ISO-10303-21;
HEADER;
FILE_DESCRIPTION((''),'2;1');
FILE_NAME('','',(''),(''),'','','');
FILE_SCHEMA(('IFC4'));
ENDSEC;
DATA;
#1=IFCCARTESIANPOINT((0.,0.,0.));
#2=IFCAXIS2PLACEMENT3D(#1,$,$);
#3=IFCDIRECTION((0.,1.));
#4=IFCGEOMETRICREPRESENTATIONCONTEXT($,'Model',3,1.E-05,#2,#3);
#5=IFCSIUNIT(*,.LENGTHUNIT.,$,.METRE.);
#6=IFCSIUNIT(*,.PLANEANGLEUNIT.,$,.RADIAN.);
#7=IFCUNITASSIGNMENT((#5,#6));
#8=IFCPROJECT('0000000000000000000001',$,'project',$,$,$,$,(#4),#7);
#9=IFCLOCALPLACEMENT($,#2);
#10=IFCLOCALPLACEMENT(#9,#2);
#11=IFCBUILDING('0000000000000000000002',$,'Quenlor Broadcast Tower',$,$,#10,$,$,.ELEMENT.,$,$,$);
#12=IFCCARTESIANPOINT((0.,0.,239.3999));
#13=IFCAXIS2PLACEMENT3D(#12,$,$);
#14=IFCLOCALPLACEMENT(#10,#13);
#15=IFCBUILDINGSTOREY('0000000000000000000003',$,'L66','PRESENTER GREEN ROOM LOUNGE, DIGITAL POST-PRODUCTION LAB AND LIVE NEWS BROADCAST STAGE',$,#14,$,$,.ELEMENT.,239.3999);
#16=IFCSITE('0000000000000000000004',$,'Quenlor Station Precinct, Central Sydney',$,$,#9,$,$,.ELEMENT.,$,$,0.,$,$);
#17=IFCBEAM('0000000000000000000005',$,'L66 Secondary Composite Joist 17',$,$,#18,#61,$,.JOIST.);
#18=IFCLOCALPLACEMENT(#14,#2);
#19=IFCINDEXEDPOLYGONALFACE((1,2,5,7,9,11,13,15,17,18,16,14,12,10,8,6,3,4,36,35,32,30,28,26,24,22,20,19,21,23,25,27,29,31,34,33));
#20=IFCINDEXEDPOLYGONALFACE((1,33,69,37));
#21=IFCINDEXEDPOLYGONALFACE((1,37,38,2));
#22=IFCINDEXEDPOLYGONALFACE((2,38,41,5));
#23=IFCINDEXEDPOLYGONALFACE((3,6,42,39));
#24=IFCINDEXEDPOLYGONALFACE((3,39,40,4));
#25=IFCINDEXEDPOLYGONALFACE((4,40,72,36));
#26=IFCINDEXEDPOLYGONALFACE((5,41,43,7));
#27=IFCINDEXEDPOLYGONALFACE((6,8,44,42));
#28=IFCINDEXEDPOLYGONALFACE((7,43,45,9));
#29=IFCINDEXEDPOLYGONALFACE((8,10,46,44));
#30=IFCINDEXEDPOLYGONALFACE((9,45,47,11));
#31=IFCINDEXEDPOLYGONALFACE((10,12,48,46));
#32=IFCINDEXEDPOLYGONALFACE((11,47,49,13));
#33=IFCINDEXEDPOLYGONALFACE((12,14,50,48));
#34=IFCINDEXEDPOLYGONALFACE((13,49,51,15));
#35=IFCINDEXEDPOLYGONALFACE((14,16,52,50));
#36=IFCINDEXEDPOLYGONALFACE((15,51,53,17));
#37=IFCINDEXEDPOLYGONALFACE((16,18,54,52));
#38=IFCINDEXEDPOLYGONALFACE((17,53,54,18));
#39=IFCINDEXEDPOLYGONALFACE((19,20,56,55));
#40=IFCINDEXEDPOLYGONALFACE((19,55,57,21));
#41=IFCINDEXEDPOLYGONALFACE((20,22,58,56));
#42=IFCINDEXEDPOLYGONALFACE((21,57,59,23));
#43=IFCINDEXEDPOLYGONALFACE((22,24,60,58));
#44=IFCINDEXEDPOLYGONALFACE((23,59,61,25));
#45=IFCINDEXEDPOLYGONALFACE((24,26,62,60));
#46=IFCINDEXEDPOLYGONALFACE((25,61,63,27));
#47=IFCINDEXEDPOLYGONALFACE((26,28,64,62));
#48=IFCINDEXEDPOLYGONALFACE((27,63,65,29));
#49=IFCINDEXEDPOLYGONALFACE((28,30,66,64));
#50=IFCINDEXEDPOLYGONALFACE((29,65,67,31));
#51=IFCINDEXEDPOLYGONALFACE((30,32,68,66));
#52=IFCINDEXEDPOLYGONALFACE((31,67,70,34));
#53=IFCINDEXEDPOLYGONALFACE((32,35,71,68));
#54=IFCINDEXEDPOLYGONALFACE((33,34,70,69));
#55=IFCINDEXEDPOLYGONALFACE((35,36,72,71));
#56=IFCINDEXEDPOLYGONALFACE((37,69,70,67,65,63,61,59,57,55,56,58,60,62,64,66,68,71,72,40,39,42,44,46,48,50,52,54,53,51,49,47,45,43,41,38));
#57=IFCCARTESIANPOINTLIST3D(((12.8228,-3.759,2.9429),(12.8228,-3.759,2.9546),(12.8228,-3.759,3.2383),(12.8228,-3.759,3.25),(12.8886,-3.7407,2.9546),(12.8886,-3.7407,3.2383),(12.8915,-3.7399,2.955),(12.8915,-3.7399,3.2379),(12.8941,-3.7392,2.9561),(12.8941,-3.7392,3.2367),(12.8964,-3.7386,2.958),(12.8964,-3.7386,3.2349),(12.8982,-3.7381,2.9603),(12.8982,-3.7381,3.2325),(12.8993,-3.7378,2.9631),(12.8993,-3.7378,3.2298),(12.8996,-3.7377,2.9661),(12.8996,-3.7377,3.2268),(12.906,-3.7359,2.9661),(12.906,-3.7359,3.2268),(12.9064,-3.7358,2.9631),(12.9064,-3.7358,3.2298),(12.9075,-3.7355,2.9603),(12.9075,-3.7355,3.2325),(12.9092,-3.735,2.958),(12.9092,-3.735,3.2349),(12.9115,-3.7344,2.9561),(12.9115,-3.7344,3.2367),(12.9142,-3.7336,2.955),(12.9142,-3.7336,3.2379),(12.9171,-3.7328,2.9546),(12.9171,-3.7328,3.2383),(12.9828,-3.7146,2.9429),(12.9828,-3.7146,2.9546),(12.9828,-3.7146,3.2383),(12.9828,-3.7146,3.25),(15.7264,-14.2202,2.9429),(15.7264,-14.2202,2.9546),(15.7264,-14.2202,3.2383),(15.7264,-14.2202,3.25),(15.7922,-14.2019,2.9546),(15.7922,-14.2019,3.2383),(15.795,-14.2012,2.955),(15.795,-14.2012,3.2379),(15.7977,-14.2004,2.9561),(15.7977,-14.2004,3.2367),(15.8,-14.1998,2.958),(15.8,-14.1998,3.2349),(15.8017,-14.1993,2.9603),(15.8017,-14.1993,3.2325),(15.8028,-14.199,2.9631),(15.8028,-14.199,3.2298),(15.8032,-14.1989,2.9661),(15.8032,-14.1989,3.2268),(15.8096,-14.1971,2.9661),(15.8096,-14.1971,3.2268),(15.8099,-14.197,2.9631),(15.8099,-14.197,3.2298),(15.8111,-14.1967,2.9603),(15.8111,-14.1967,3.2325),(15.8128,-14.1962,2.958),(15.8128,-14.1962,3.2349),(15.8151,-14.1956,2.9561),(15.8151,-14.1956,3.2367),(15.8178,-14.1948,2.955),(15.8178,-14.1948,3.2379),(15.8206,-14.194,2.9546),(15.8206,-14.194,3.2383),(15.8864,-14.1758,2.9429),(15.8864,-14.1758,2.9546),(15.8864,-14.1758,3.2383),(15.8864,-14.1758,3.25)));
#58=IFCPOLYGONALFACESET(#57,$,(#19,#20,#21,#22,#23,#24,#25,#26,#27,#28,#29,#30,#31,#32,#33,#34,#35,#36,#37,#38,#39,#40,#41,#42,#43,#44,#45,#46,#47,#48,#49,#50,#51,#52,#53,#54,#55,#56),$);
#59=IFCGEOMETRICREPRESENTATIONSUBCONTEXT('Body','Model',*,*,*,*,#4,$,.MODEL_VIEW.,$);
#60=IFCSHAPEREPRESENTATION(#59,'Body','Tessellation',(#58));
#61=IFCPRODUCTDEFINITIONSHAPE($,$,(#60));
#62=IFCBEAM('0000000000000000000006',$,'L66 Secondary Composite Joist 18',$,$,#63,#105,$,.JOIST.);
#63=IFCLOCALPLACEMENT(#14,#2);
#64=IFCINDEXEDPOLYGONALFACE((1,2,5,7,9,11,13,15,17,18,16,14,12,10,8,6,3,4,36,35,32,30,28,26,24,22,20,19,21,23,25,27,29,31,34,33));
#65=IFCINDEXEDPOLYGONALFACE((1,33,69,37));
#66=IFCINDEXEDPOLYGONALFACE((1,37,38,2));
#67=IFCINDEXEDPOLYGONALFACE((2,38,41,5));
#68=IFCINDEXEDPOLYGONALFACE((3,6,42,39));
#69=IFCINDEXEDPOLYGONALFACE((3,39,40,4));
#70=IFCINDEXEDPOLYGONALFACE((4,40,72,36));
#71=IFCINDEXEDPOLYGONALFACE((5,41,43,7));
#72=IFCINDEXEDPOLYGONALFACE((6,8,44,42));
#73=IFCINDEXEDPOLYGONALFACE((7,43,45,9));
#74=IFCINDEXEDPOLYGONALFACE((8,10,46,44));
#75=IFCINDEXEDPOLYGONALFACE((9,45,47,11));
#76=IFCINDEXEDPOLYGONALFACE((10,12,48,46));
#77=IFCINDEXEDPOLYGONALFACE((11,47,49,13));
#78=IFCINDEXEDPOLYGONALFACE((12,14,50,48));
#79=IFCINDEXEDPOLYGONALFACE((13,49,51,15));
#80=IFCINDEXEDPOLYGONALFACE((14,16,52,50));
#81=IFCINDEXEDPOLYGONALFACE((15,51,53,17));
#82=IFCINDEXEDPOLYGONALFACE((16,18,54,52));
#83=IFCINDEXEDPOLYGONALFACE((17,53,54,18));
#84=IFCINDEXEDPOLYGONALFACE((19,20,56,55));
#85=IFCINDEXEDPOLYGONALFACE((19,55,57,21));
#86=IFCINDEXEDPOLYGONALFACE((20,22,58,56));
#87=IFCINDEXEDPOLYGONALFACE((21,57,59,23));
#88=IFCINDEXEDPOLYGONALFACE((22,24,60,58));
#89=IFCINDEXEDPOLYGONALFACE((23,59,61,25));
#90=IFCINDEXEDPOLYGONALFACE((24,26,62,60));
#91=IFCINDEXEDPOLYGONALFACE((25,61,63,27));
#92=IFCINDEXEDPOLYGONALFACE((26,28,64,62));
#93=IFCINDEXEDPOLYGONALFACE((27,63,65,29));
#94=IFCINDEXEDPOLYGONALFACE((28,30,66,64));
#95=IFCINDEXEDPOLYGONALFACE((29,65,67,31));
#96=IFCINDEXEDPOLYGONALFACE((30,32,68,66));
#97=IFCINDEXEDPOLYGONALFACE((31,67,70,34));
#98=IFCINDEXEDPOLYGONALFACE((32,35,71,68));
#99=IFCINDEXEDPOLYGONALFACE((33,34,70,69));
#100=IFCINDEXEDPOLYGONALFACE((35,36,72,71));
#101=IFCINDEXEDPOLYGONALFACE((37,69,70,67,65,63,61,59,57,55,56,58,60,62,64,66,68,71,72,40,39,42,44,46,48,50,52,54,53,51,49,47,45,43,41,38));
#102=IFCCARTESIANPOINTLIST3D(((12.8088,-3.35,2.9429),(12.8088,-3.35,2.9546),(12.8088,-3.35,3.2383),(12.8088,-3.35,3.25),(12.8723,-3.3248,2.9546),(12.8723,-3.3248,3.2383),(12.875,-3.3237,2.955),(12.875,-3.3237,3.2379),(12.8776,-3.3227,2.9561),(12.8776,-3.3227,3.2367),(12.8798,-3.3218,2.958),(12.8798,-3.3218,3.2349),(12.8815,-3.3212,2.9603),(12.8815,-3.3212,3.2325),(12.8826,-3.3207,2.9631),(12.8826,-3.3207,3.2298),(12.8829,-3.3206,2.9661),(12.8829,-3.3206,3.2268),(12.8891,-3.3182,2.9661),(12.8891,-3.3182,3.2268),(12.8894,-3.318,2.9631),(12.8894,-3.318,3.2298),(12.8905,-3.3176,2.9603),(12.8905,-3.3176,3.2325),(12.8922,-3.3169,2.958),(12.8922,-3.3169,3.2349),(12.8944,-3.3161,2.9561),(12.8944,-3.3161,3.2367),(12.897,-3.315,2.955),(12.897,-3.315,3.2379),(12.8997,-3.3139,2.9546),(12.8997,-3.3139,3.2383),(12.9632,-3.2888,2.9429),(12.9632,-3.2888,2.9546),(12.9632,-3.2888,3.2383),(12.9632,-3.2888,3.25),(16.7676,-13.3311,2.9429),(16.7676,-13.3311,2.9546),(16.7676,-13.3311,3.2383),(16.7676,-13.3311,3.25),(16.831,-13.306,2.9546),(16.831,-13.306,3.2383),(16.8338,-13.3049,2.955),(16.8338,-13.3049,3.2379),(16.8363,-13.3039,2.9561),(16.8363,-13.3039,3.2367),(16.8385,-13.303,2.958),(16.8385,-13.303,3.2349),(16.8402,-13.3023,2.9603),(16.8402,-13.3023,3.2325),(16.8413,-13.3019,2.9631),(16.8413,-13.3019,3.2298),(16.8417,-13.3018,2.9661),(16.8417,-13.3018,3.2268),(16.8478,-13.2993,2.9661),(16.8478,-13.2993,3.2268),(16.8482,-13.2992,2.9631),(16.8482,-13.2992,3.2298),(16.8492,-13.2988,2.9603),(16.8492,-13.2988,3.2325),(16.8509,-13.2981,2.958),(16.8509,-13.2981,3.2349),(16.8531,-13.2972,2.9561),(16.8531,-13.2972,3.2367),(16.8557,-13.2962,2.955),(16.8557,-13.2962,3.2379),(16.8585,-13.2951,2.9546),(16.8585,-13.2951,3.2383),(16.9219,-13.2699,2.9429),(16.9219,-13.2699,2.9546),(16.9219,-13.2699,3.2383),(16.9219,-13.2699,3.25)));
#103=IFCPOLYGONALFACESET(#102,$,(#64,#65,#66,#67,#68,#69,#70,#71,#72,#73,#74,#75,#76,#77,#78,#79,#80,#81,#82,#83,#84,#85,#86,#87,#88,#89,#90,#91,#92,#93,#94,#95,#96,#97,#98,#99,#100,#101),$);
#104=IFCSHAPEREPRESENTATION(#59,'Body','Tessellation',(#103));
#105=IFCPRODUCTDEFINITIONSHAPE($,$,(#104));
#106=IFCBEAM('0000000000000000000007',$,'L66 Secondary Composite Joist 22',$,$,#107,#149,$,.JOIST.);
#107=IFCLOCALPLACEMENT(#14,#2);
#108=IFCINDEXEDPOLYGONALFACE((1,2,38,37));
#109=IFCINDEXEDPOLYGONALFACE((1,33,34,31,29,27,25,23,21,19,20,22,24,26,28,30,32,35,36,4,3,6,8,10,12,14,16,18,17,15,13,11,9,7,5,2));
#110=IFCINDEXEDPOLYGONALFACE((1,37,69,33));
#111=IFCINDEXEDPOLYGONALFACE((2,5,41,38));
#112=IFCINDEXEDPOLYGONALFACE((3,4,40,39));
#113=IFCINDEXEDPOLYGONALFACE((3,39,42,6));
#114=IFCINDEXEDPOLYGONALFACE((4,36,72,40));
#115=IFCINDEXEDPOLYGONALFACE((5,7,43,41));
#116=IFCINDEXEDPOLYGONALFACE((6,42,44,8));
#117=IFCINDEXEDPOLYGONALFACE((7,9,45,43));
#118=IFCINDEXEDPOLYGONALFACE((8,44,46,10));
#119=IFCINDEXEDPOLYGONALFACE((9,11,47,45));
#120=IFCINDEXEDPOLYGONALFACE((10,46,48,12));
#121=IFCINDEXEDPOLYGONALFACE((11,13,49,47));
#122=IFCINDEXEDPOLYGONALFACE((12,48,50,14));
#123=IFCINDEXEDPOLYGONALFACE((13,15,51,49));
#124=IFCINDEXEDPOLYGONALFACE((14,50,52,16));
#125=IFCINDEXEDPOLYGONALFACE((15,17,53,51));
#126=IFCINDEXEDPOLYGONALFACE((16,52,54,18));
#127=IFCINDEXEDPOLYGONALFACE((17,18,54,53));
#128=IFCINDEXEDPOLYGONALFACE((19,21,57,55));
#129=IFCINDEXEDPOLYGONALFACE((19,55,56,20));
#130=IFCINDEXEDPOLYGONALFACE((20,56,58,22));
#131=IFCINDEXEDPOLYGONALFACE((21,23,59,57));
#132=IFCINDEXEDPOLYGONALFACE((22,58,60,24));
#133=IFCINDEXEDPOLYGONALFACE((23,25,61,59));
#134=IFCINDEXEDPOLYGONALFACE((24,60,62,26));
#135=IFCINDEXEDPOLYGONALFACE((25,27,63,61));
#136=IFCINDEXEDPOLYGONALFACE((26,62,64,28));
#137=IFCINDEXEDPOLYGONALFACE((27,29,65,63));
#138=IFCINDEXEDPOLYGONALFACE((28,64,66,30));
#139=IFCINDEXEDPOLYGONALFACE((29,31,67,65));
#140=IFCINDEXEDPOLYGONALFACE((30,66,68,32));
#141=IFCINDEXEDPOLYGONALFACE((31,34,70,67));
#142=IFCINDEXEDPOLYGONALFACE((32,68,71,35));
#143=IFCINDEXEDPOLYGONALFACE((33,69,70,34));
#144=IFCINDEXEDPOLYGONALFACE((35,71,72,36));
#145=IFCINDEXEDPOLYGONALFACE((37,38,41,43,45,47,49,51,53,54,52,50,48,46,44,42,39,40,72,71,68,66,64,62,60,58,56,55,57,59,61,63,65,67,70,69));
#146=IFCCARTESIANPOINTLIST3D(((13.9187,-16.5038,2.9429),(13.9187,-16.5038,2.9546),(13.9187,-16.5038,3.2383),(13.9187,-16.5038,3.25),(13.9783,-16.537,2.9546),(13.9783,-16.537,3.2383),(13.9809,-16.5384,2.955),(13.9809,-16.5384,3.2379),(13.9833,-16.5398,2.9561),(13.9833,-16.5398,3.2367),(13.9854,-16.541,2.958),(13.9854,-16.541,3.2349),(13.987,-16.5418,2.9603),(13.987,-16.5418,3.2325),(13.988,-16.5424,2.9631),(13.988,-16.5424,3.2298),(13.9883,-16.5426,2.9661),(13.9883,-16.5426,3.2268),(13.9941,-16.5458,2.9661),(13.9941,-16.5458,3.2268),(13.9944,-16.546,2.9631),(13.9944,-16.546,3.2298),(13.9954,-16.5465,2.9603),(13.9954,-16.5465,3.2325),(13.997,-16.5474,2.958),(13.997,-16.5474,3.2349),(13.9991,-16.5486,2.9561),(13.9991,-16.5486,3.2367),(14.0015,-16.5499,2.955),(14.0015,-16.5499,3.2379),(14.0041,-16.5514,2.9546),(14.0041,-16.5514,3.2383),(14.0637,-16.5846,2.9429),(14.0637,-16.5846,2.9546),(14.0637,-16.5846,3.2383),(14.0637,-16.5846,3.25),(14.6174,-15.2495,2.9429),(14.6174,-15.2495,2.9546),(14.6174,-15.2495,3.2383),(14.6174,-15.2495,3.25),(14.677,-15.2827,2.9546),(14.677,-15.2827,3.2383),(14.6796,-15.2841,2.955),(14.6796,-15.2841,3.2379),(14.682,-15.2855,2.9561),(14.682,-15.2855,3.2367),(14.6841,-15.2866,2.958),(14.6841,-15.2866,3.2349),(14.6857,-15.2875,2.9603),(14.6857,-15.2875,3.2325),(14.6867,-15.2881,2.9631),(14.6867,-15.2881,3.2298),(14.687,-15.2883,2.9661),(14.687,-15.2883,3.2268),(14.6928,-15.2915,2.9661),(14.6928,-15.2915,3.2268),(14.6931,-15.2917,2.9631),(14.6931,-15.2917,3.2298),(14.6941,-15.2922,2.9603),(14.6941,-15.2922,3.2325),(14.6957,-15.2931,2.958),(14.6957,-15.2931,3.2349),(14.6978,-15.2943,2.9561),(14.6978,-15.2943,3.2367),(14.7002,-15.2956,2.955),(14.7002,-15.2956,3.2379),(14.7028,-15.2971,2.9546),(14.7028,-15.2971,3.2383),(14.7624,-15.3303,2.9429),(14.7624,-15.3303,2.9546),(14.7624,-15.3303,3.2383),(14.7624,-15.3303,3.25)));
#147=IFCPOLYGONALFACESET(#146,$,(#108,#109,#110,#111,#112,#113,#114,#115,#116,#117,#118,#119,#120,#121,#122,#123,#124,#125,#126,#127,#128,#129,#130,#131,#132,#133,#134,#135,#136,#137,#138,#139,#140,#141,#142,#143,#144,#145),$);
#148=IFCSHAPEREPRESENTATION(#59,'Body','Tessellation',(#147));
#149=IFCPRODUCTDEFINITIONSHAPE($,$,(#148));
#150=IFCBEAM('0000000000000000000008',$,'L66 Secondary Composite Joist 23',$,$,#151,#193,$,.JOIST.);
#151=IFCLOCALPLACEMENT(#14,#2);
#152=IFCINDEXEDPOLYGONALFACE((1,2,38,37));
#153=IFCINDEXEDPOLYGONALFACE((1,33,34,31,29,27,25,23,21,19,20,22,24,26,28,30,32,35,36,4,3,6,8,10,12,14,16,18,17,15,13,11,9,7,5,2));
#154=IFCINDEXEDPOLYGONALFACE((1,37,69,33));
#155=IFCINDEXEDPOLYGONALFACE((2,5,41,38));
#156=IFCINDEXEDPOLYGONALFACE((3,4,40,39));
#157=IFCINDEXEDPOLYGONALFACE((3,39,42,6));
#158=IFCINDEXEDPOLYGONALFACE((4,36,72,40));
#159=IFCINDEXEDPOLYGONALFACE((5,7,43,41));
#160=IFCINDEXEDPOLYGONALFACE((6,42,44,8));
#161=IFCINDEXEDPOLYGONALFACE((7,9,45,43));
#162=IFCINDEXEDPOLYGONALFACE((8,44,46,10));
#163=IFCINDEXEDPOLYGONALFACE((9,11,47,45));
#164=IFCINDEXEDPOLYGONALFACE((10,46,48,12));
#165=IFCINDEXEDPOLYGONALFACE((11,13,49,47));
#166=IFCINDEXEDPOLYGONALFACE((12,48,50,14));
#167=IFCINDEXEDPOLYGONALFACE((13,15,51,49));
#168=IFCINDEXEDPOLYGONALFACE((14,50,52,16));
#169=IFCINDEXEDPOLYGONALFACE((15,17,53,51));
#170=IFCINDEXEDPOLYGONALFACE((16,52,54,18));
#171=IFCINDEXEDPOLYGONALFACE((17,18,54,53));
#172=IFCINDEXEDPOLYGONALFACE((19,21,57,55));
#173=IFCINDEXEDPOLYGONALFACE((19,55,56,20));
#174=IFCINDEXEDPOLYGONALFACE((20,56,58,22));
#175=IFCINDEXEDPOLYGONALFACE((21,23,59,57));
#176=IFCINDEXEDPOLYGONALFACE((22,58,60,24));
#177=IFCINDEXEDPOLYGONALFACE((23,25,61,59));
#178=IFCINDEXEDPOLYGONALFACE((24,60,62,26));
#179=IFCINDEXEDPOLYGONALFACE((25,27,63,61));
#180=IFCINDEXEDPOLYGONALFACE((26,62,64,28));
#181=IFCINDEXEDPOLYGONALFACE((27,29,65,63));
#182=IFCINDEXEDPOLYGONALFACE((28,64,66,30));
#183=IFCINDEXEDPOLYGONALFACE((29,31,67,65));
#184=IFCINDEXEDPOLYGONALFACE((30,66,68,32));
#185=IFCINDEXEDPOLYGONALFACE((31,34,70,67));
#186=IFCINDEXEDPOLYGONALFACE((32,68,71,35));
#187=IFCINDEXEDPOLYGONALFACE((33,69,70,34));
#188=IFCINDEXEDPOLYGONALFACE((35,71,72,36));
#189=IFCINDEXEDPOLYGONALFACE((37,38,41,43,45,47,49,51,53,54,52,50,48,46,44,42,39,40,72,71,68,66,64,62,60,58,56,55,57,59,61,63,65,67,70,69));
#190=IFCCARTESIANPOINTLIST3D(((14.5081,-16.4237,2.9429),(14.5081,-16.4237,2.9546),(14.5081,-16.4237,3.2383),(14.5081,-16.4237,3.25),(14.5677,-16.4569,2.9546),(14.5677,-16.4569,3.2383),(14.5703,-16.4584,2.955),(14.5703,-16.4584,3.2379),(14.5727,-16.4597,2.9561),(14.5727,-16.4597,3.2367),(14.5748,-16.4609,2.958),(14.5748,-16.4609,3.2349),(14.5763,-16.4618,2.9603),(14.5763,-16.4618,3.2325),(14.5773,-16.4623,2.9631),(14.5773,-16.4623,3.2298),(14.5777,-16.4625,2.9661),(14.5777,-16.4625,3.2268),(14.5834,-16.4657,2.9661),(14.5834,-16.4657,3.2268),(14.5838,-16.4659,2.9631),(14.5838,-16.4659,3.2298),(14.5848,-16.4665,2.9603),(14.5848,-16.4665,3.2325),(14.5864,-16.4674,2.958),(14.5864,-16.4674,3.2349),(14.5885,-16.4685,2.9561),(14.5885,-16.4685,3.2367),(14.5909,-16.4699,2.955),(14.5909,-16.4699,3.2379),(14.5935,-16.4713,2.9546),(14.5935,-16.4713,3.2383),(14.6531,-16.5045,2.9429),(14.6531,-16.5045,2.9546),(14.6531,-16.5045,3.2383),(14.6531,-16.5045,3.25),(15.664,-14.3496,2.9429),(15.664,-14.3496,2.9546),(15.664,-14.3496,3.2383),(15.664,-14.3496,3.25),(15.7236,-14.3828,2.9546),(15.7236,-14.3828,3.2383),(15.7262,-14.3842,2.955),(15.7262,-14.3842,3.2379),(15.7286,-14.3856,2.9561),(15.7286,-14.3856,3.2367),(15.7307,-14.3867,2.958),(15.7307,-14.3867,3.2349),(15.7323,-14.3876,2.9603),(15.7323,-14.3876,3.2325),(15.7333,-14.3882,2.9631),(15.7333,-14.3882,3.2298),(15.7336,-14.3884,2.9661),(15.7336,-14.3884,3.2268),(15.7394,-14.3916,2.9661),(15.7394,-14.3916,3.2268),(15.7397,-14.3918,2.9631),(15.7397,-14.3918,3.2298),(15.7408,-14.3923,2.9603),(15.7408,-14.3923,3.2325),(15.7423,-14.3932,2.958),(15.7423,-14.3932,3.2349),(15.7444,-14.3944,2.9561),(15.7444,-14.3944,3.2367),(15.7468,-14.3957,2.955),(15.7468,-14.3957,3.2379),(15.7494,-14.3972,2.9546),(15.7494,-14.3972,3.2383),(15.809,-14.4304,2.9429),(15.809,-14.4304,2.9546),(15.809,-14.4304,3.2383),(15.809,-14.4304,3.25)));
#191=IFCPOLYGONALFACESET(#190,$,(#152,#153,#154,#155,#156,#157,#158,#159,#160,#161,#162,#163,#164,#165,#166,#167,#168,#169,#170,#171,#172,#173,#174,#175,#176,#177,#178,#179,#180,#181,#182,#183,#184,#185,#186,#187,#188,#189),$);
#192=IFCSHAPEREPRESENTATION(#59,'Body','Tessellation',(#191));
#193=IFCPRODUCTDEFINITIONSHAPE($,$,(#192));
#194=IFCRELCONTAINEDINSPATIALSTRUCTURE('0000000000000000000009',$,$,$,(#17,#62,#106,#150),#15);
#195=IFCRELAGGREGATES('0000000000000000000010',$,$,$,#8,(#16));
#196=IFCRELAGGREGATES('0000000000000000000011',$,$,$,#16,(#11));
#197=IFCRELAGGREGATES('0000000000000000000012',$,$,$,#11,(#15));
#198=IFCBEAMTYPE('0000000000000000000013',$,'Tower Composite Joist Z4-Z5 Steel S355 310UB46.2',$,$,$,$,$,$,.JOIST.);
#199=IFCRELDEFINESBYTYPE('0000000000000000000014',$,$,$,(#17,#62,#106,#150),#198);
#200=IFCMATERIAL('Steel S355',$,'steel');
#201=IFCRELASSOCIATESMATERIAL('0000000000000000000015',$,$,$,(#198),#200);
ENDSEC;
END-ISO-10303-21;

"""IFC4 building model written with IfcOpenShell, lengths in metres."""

from ifc_helpers import new_model, si_unit, direction, frame, origin, origin_2d, place, context, subcontext, project, spatial, i_section, extrude, material, material_profile, profile_set, type_object, element, save


model = new_model("IFC4")

# Units and contexts
model_context = context("Model", 3, precision=1e-05, world=origin(), true_north=direction((0.0, 1.0)))
body_context = subcontext(model_context, "Body", "Model", "MODEL_VIEW")
ifc_project = project(units=[si_unit("LENGTHUNIT", "METRE"), si_unit("PLANEANGLEUNIT", "RADIAN")], contexts=[model_context])

# Site, building, storey
site_placement = place(None, origin())
site = spatial("IfcSite", under=ifc_project, at=site_placement, Name="Quenlor Station Precinct, Central Sydney", CompositionType="ELEMENT", RefElevation=0.0)
building_placement = place(site_placement, origin())
building = spatial("IfcBuilding", under=site, at=building_placement, Name="Quenlor Broadcast Tower", CompositionType="ELEMENT")
storey_placement = place(building_placement, frame((0.0, 0.0, 239.3999)))
storey = spatial("IfcBuildingStorey", under=building, at=storey_placement, Name="L66", Description="PRESENTER GREEN ROOM LOUNGE, DIGITAL POST-PRODUCTION LAB AND LIVE NEWS BROADCAST STAGE", CompositionType="ELEMENT", Elevation=239.3999)

# Beams
ifc_material_1 = material(Name="Steel S355", Category="steel")
ifc_material_profile_1 = material_profile(ifc_material_1, i_section(OverallWidth=0.166, OverallDepth=0.3071, WebThickness=0.0066, FlangeThickness=0.0117, FilletRadius=0.0115, at=origin_2d()))
ifc_profile_set_1 = profile_set([ifc_material_profile_1], Name="Steel S355 310UB46.2")
beam_type_1 = type_object("IfcBeamType", Name="Tower Composite Joist Z4-Z5 Steel S355 310UB46.2", PredefinedType="JOIST", material=ifc_profile_set_1)
beam_1_placement = place(storey_placement, frame((15.8064, -14.198, 3.0964), z_axis=(-0.267446, 0.963573, 0.0), x_axis=(-0.963573, -0.267446, 0.0)))
element("IfcBeam", 1, at=beam_1_placement, inside=storey, type_object=beam_type_1, Name="L66 Secondary Composite Joist 17", PredefinedType="JOIST", context=body_context, shape_type="SweptSolid", body=[
    extrude(i_section(OverallWidth=0.166, OverallDepth=0.3071, WebThickness=0.0066, FlangeThickness=0.0117, FilletRadius=0.0115, at=origin_2d()), origin(), (0.0, 0.0, 1.0), 10.8567),
])
beam_2_placement = place(storey_placement, frame((16.8447, -13.3005, 3.0964), z_axis=(-0.36868, 0.929556, 0.0), x_axis=(-0.929556, -0.36868, 0.0)))
element("IfcBeam", 2, at=beam_2_placement, inside=storey, type_object=beam_type_1, Name="L66 Secondary Composite Joist 18", PredefinedType="JOIST", context=body_context, shape_type="SweptSolid", body=[
    extrude(i_section(OverallWidth=0.166, OverallDepth=0.3071, WebThickness=0.0066, FlangeThickness=0.0117, FilletRadius=0.0115, at=origin_2d()), origin(), (0.0, 0.0, 1.0), 10.7375),
])
beam_3_placement = place(storey_placement, frame((13.9912, -16.5442, 3.0964), z_axis=(0.486624, 0.873611, 0.0), x_axis=(-0.873611, 0.486624, 0.0)))
element("IfcBeam", 3, at=beam_3_placement, inside=storey, type_object=beam_type_1, Name="L66 Secondary Composite Joist 22", PredefinedType="JOIST", context=body_context, shape_type="SweptSolid", body=[
    extrude(i_section(OverallWidth=0.166, OverallDepth=0.3071, WebThickness=0.0066, FlangeThickness=0.0117, FilletRadius=0.0115, at=origin_2d()), origin(), (0.0, 0.0, 1.0), 1.4358),
])
beam_4_placement = place(storey_placement, frame((14.5806, -16.4641, 3.0964), z_axis=(0.486821, 0.873502, 0.0), x_axis=(-0.873502, 0.486821, 0.0)))
element("IfcBeam", 4, at=beam_4_placement, inside=storey, type_object=beam_type_1, Name="L66 Secondary Composite Joist 23", PredefinedType="JOIST", context=body_context, shape_type="SweptSolid", body=[
    extrude(i_section(OverallWidth=0.166, OverallDepth=0.3071, WebThickness=0.0066, FlangeThickness=0.0117, FilletRadius=0.0115, at=origin_2d()), origin(), (0.0, 0.0, 1.0), 2.3745),
])

save(model, "model.ifc")
